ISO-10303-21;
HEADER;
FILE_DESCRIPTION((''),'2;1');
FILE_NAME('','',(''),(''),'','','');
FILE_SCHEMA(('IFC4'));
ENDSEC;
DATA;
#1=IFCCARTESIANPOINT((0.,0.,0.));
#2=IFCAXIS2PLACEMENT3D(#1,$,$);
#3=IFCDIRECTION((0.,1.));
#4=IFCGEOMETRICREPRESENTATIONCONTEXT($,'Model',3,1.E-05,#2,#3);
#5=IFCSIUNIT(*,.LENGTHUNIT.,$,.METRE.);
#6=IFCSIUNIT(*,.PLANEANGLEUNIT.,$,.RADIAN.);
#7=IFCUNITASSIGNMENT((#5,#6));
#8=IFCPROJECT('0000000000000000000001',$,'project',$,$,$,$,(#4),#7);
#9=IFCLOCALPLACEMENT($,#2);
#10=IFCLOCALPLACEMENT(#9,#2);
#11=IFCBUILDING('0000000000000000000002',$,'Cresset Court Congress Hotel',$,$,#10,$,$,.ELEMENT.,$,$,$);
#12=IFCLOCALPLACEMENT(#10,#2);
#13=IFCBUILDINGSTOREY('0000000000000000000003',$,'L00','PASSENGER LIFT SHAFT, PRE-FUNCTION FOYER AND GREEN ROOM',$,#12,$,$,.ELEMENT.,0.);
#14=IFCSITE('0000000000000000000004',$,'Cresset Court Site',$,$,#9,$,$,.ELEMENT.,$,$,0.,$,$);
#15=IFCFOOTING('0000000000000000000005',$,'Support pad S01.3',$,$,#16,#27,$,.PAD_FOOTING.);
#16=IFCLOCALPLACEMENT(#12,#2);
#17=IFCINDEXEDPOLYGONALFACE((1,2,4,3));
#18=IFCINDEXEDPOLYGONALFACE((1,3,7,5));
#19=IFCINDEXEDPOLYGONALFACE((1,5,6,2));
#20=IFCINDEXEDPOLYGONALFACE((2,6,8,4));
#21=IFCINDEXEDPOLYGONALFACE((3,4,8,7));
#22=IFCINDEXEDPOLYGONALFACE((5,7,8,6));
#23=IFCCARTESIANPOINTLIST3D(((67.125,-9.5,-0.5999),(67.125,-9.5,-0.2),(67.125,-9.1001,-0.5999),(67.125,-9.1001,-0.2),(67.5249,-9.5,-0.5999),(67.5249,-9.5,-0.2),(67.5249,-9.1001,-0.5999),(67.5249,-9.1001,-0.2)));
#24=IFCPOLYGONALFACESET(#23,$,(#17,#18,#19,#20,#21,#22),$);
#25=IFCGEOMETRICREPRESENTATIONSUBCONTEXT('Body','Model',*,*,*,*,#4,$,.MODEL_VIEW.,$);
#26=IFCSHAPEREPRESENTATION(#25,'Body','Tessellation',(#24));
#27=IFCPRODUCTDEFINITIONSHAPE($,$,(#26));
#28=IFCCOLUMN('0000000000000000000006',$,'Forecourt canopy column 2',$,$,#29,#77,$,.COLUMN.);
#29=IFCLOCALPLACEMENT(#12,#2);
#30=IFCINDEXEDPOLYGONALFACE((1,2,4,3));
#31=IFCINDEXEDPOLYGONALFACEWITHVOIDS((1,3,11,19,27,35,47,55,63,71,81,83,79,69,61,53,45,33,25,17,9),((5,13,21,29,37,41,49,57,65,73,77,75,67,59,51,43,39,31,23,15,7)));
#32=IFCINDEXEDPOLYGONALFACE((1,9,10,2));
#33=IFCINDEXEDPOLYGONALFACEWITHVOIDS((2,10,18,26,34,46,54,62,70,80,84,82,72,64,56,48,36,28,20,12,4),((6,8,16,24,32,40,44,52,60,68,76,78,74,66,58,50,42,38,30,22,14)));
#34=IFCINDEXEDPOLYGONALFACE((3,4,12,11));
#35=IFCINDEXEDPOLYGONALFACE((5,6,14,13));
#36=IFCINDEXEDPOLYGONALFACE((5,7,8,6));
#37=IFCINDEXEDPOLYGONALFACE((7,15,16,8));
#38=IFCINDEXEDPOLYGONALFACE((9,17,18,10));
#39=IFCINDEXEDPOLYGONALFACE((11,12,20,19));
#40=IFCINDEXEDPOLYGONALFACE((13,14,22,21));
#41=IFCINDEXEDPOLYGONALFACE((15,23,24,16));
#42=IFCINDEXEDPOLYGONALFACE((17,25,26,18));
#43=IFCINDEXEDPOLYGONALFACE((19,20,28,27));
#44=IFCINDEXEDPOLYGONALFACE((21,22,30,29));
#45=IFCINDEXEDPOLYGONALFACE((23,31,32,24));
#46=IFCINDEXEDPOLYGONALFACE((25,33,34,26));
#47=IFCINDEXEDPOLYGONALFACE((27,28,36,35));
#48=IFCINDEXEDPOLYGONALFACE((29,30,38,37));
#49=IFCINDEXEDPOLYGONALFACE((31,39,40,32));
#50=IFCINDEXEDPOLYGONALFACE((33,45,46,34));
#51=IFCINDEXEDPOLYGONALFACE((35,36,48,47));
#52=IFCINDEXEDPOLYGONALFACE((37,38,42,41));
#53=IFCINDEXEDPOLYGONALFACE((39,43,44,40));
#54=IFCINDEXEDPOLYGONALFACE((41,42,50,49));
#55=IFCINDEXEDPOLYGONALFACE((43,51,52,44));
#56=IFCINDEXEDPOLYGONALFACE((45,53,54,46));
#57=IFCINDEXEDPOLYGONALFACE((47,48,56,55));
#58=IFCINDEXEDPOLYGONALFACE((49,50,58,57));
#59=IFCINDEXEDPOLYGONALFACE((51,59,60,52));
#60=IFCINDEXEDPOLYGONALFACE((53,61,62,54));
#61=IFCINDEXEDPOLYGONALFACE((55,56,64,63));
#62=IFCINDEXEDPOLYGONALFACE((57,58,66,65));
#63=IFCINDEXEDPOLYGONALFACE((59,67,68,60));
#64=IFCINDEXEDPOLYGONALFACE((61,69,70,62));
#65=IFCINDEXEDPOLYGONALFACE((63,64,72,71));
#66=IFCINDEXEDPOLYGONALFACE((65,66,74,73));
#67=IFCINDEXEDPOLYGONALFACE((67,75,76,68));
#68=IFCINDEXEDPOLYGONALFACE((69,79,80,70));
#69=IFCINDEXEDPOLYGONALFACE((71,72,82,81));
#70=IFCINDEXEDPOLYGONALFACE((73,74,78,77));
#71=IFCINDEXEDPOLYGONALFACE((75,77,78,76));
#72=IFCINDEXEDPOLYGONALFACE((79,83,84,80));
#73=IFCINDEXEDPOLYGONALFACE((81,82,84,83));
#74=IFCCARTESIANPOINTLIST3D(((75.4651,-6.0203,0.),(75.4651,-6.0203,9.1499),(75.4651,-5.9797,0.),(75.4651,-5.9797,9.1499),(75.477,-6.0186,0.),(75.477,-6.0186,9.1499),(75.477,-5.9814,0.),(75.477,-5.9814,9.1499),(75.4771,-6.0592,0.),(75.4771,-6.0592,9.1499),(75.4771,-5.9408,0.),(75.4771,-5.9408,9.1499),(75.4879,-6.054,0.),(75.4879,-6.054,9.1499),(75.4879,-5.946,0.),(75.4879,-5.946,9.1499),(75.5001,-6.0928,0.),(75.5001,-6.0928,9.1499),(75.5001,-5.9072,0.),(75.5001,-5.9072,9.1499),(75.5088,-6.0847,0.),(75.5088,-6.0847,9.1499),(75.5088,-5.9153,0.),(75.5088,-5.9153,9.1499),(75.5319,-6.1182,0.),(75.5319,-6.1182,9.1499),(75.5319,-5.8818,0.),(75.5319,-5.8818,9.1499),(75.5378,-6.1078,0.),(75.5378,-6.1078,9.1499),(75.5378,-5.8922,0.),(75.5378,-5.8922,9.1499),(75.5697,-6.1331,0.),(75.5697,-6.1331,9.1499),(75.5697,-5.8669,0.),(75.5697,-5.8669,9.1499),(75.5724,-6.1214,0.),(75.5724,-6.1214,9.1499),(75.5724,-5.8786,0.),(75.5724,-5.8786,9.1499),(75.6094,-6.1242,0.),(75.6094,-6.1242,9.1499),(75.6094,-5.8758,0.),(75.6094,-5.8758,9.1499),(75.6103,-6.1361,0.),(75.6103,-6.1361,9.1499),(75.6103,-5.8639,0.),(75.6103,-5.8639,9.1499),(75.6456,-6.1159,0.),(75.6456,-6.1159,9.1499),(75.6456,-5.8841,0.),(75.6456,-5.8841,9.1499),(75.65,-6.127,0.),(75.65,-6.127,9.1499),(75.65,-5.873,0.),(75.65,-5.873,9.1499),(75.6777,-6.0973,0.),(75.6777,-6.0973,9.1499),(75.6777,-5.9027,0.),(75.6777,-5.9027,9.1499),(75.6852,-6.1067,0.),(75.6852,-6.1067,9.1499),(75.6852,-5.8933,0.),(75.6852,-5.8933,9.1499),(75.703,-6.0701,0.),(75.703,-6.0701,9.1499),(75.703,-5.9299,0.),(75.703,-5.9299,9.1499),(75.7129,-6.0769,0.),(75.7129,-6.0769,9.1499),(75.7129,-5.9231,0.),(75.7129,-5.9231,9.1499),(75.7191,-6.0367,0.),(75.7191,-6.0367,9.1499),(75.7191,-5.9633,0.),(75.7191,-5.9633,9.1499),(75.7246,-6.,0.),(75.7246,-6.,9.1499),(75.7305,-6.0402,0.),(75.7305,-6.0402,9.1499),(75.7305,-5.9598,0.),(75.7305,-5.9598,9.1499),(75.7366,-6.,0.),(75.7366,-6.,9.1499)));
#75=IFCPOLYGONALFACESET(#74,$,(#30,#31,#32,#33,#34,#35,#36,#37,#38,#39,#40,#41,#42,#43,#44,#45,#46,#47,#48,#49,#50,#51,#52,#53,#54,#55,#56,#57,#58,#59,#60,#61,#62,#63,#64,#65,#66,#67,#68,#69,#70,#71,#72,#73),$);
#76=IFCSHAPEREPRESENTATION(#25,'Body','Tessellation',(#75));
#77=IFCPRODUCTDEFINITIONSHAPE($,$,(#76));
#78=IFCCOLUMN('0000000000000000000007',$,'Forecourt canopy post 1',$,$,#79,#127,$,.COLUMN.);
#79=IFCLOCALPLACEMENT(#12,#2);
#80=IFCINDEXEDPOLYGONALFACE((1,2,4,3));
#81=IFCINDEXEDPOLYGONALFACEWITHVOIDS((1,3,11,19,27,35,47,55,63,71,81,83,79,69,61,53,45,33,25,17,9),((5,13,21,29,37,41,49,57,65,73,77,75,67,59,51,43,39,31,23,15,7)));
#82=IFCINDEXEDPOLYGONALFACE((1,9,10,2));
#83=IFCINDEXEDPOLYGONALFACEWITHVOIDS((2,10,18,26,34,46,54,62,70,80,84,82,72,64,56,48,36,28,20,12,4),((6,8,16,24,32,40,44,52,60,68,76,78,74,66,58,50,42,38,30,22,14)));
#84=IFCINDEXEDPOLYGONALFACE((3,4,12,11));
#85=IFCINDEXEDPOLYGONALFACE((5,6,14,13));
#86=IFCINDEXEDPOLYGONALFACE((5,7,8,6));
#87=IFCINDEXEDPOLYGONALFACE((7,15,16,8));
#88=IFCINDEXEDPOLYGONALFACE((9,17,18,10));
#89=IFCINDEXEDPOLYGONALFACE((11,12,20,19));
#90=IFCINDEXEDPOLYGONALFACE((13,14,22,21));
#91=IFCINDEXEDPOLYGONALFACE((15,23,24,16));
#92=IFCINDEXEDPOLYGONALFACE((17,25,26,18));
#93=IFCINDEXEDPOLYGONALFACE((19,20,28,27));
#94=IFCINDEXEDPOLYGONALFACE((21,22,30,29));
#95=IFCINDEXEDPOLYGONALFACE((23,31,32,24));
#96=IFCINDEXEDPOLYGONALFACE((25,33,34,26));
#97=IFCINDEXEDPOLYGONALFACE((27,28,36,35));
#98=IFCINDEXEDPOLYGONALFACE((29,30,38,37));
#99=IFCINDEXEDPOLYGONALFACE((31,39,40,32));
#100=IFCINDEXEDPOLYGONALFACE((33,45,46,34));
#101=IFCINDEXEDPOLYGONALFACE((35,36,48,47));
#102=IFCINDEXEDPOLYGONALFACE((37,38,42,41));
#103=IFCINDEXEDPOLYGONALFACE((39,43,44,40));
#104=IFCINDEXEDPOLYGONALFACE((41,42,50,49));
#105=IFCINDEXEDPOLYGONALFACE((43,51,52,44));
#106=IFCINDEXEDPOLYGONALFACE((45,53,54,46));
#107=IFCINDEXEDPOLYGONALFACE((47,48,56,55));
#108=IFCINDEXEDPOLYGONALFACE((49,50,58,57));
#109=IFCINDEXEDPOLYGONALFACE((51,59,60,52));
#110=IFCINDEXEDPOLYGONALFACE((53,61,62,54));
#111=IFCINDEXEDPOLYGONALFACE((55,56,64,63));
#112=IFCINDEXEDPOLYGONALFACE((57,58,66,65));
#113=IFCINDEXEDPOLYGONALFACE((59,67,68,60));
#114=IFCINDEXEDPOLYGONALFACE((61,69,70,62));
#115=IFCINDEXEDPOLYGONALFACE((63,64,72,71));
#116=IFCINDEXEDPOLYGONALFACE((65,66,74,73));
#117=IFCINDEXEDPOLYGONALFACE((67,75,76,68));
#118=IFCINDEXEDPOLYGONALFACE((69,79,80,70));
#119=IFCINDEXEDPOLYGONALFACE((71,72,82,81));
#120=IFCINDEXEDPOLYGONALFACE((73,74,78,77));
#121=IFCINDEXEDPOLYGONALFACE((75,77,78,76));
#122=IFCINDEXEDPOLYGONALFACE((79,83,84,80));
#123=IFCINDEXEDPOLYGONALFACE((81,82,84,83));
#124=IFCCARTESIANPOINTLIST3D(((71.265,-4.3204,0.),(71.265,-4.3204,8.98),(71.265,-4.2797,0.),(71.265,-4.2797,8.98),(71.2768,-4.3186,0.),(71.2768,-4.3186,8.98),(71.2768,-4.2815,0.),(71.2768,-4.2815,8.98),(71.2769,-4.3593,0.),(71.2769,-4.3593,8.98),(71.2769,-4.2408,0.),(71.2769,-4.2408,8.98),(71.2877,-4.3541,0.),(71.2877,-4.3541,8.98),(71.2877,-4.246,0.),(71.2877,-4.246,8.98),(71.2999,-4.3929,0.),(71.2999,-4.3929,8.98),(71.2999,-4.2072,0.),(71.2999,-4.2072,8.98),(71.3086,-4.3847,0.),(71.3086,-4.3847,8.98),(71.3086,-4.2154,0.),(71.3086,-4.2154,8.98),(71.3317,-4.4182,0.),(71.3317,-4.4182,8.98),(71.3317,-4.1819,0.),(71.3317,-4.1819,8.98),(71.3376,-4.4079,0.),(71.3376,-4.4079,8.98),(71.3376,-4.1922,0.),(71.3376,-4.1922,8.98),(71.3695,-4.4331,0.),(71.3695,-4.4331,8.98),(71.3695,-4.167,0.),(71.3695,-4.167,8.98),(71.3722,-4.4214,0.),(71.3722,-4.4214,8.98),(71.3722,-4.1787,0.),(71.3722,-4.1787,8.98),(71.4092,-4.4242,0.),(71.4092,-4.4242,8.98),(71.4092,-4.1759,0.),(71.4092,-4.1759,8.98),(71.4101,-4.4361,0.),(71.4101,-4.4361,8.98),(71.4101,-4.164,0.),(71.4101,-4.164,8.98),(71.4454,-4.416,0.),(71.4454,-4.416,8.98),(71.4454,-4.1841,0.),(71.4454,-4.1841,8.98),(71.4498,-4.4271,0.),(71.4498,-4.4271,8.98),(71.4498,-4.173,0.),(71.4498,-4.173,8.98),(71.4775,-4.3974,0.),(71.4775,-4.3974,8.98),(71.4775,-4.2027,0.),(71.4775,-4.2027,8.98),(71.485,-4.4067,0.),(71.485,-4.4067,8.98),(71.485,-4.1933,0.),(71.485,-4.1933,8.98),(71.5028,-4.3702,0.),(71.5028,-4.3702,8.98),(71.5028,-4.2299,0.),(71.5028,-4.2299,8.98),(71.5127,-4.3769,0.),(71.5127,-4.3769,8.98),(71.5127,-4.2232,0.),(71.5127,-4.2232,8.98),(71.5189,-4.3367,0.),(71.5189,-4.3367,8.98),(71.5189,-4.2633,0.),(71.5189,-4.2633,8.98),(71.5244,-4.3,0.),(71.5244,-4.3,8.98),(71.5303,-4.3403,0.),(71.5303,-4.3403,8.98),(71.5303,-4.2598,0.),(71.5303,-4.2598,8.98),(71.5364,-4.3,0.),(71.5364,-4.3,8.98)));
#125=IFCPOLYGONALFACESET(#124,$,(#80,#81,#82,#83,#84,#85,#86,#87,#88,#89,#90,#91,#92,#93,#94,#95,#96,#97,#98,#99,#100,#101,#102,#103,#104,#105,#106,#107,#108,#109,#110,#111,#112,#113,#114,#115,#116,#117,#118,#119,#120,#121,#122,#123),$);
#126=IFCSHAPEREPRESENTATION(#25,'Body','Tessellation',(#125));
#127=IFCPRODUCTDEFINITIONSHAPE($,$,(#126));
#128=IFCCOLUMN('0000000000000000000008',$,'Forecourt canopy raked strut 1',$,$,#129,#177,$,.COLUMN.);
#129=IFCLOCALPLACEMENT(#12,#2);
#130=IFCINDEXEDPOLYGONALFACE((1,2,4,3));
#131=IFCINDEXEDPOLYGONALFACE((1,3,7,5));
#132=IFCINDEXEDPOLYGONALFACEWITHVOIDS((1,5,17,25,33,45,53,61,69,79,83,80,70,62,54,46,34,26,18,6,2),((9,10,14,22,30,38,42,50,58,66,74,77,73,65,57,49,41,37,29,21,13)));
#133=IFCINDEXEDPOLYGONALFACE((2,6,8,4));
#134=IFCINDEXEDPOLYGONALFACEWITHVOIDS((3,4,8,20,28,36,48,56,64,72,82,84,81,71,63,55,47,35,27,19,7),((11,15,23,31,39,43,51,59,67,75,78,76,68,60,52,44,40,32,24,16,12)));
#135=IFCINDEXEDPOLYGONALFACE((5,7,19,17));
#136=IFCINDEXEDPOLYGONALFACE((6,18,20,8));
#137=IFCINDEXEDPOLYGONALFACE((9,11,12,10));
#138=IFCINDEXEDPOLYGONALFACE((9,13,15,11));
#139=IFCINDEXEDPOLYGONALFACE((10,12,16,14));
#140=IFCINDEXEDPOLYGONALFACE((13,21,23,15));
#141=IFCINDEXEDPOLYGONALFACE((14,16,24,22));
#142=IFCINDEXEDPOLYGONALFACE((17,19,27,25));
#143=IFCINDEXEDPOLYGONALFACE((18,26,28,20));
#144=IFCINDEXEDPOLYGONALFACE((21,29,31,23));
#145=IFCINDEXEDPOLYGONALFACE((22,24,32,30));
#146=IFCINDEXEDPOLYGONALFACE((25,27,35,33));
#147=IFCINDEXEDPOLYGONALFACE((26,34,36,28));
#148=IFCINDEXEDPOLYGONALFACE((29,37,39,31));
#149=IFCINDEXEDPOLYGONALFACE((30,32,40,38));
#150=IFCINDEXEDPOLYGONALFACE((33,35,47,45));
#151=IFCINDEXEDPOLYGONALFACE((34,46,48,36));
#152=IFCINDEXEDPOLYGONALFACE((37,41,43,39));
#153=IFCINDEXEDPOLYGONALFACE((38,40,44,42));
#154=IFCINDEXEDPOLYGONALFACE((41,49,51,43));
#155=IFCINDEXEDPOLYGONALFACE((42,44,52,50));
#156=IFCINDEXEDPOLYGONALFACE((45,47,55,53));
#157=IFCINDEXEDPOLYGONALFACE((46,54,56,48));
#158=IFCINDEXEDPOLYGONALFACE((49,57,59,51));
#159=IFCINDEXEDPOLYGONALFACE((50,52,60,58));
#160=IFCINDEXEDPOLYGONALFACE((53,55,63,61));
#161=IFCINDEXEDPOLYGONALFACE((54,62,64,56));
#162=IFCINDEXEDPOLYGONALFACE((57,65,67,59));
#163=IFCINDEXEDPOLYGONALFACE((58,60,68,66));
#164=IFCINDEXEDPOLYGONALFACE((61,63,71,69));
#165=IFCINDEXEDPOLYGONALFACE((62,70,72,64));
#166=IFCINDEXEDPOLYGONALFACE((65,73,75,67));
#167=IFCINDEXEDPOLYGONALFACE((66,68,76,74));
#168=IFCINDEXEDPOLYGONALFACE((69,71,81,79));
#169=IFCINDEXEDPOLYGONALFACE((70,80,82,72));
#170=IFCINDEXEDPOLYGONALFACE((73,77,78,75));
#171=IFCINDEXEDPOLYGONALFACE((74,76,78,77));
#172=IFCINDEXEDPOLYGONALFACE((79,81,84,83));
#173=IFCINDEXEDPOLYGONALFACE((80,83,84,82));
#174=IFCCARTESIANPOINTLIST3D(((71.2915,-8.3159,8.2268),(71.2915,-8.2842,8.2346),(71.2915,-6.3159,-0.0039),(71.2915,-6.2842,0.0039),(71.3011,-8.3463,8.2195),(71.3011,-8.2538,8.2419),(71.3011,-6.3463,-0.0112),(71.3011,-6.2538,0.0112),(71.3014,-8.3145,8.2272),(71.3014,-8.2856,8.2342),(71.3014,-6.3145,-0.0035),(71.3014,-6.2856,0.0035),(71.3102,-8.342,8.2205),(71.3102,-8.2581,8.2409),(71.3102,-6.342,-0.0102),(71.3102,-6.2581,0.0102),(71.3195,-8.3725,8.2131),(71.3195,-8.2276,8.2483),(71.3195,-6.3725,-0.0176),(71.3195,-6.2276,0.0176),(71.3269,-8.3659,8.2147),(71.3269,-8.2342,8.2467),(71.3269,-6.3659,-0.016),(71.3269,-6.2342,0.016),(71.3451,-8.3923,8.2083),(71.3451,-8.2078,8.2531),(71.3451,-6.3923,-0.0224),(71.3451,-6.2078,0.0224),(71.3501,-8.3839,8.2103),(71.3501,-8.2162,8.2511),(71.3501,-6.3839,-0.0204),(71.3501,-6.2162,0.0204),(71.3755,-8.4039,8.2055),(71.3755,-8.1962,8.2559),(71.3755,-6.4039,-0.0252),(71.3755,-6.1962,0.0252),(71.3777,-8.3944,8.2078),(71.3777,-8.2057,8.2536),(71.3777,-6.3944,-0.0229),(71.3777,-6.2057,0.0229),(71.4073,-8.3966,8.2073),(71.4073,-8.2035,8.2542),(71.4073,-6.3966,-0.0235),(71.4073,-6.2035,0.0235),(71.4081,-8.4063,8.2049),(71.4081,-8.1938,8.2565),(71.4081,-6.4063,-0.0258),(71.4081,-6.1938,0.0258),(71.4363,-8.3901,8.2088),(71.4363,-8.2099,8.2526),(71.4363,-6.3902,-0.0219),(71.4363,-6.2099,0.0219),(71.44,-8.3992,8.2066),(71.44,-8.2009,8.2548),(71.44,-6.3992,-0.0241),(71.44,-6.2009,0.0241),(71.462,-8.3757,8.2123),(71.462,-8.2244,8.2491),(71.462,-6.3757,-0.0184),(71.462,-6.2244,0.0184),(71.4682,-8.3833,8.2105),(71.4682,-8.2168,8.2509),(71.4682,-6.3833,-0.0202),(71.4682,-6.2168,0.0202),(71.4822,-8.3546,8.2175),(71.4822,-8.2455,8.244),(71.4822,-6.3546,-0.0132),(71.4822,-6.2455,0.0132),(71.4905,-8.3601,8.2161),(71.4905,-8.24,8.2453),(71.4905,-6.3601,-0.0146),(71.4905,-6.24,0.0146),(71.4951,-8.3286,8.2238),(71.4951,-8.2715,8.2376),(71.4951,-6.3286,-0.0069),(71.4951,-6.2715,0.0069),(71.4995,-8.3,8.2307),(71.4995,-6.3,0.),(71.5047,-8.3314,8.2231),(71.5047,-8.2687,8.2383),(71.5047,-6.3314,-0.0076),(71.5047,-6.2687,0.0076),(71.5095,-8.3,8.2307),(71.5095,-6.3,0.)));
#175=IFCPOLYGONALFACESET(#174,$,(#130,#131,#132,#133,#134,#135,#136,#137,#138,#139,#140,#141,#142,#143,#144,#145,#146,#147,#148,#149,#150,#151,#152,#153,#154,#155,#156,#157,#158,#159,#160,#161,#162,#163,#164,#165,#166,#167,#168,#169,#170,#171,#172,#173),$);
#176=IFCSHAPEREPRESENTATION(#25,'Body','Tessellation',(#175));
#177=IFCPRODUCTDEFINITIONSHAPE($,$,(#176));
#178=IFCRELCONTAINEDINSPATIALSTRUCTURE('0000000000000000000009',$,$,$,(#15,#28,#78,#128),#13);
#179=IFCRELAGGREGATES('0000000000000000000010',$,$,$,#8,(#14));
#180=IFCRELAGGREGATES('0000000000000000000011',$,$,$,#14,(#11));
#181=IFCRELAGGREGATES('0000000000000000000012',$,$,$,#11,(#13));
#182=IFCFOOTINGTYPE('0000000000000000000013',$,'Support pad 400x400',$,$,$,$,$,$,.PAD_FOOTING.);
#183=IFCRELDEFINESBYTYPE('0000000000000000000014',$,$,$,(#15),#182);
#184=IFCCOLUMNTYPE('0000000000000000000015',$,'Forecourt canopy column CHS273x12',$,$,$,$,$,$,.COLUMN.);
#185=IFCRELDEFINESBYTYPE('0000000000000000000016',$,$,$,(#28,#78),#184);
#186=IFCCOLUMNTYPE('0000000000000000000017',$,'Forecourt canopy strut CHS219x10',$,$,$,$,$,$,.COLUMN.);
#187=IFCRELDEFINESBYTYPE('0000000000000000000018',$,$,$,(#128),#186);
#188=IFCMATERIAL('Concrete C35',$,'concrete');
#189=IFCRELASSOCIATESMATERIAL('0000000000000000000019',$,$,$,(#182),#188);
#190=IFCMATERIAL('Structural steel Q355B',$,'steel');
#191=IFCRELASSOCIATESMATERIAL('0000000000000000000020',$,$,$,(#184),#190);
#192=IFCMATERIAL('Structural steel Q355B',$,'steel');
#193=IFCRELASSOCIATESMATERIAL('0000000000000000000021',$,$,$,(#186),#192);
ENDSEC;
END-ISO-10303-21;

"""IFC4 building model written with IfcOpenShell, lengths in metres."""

from ifc_helpers import new_model, si_unit, direction, frame, origin, origin_2d, place, context, subcontext, project, spatial, rectangle, hollow_circle, extrude, material, material_profile, profile_set, type_object, element, save


model = new_model("IFC4")

# Units and contexts
model_context = context("Model", 3, precision=1e-05, world=origin(), true_north=direction((0.0, 1.0)))
body_context = subcontext(model_context, "Body", "Model", "MODEL_VIEW")
ifc_project = project(units=[si_unit("LENGTHUNIT", "METRE"), si_unit("PLANEANGLEUNIT", "RADIAN")], contexts=[model_context])

# Site, building, storey
site_placement = place(None, origin())
site = spatial("IfcSite", under=ifc_project, at=site_placement, Name="Cresset Court Site", CompositionType="ELEMENT", RefElevation=0.0)
building_placement = place(site_placement, origin())
building = spatial("IfcBuilding", under=site, at=building_placement, Name="Cresset Court Congress Hotel", CompositionType="ELEMENT")
storey_placement = place(building_placement, origin())
storey = spatial("IfcBuildingStorey", under=building, at=storey_placement, Name="L00", Description="PASSENGER LIFT SHAFT, PRE-FUNCTION FOYER AND GREEN ROOM", CompositionType="ELEMENT", Elevation=0.0)

# Footing
ifc_material_1 = material(Name="Concrete C35", Category="concrete")
footing_type = type_object("IfcFootingType", Name="Support pad 400x400", PredefinedType="PAD_FOOTING", material=ifc_material_1)
for number, where, z_axis, x_axis, name in (
    (1, (67.325, -9.3, -0.5999), (0.0, 0.0, 1.0), (1.0, 0.0, 0.0), "Support pad S01.3"),
):
    element("IfcFooting", number, at=place(storey_placement, frame(where, z_axis=z_axis, x_axis=x_axis)), inside=storey, type_object=footing_type, Name=name, PredefinedType="PAD_FOOTING", context=body_context, shape_type="SweptSolid", body=[
        extrude(rectangle(XDim=0.3999, YDim=0.3999, at=origin_2d()), origin(), (0.0, 0.0, 1.0), 0.3999),
    ])

# Columns
ifc_material_2 = material(Name="Structural steel Q355B", Category="steel")
ifc_material_profile_1 = material_profile(ifc_material_2, hollow_circle(Radius=0.1365, WallThickness=0.012, at=origin_2d()), Name="CHS273x12")
ifc_profile_set_1 = profile_set([ifc_material_profile_1], Name="Structural steel Q355B")
column_type_1 = type_object("IfcColumnType", Name="Forecourt canopy column CHS273x12", PredefinedType="COLUMN", material=ifc_profile_set_1)
column_1_placement = place(storey_placement, frame((75.6001, -6.0, 0.0), z_axis=(0.0, 0.0, 1.0), x_axis=(1.0, 0.0, 0.0)))
element("IfcColumn", 2, at=column_1_placement, inside=storey, type_object=column_type_1, Name="Forecourt canopy column 2", PredefinedType="COLUMN", context=body_context, shape_type="SweptSolid", body=[
    extrude(hollow_circle(Radius=0.1365, WallThickness=0.012, at=origin_2d()), origin(), (0.0, 0.0, 1.0), 9.1499),
])
column_2_placement = place(storey_placement, frame((71.3999, -4.3, 0.0), z_axis=(0.0, 0.0, 1.0), x_axis=(1.0, 0.0, 0.0)))
element("IfcColumn", 3, at=column_2_placement, inside=storey, type_object=column_type_1, Name="Forecourt canopy post 1", PredefinedType="COLUMN", context=body_context, shape_type="SweptSolid", body=[
    extrude(hollow_circle(Radius=0.1365, WallThickness=0.012, at=origin_2d()), origin(), (0.0, 0.0, 1.0), 8.98),
])
ifc_material_3 = material(Name="Structural steel Q355B", Category="steel")
ifc_material_profile_2 = material_profile(ifc_material_3, hollow_circle(Radius=0.1096, WallThickness=0.01, at=origin_2d()), Name="CHS219x10")
ifc_profile_set_2 = profile_set([ifc_material_profile_2], Name="Structural steel Q355B")
column_type_2 = type_object("IfcColumnType", Name="Forecourt canopy strut CHS219x10", PredefinedType="COLUMN", material=ifc_profile_set_2)
column_3_placement = place(storey_placement, frame((71.3999, -6.3, 0.0), z_axis=(0.0, -0.236121, 0.971724), x_axis=(1.0, 0.0, 0.0)))
element("IfcColumn", 4, at=column_3_placement, inside=storey, type_object=column_type_2, Name="Forecourt canopy raked strut 1", PredefinedType="COLUMN", context=body_context, shape_type="SweptSolid", body=[
    extrude(hollow_circle(Radius=0.1096, WallThickness=0.01, at=origin_2d()), origin(), (0.0, 0.0, 1.0), 8.4702),
])

save(model, "model.ifc")
